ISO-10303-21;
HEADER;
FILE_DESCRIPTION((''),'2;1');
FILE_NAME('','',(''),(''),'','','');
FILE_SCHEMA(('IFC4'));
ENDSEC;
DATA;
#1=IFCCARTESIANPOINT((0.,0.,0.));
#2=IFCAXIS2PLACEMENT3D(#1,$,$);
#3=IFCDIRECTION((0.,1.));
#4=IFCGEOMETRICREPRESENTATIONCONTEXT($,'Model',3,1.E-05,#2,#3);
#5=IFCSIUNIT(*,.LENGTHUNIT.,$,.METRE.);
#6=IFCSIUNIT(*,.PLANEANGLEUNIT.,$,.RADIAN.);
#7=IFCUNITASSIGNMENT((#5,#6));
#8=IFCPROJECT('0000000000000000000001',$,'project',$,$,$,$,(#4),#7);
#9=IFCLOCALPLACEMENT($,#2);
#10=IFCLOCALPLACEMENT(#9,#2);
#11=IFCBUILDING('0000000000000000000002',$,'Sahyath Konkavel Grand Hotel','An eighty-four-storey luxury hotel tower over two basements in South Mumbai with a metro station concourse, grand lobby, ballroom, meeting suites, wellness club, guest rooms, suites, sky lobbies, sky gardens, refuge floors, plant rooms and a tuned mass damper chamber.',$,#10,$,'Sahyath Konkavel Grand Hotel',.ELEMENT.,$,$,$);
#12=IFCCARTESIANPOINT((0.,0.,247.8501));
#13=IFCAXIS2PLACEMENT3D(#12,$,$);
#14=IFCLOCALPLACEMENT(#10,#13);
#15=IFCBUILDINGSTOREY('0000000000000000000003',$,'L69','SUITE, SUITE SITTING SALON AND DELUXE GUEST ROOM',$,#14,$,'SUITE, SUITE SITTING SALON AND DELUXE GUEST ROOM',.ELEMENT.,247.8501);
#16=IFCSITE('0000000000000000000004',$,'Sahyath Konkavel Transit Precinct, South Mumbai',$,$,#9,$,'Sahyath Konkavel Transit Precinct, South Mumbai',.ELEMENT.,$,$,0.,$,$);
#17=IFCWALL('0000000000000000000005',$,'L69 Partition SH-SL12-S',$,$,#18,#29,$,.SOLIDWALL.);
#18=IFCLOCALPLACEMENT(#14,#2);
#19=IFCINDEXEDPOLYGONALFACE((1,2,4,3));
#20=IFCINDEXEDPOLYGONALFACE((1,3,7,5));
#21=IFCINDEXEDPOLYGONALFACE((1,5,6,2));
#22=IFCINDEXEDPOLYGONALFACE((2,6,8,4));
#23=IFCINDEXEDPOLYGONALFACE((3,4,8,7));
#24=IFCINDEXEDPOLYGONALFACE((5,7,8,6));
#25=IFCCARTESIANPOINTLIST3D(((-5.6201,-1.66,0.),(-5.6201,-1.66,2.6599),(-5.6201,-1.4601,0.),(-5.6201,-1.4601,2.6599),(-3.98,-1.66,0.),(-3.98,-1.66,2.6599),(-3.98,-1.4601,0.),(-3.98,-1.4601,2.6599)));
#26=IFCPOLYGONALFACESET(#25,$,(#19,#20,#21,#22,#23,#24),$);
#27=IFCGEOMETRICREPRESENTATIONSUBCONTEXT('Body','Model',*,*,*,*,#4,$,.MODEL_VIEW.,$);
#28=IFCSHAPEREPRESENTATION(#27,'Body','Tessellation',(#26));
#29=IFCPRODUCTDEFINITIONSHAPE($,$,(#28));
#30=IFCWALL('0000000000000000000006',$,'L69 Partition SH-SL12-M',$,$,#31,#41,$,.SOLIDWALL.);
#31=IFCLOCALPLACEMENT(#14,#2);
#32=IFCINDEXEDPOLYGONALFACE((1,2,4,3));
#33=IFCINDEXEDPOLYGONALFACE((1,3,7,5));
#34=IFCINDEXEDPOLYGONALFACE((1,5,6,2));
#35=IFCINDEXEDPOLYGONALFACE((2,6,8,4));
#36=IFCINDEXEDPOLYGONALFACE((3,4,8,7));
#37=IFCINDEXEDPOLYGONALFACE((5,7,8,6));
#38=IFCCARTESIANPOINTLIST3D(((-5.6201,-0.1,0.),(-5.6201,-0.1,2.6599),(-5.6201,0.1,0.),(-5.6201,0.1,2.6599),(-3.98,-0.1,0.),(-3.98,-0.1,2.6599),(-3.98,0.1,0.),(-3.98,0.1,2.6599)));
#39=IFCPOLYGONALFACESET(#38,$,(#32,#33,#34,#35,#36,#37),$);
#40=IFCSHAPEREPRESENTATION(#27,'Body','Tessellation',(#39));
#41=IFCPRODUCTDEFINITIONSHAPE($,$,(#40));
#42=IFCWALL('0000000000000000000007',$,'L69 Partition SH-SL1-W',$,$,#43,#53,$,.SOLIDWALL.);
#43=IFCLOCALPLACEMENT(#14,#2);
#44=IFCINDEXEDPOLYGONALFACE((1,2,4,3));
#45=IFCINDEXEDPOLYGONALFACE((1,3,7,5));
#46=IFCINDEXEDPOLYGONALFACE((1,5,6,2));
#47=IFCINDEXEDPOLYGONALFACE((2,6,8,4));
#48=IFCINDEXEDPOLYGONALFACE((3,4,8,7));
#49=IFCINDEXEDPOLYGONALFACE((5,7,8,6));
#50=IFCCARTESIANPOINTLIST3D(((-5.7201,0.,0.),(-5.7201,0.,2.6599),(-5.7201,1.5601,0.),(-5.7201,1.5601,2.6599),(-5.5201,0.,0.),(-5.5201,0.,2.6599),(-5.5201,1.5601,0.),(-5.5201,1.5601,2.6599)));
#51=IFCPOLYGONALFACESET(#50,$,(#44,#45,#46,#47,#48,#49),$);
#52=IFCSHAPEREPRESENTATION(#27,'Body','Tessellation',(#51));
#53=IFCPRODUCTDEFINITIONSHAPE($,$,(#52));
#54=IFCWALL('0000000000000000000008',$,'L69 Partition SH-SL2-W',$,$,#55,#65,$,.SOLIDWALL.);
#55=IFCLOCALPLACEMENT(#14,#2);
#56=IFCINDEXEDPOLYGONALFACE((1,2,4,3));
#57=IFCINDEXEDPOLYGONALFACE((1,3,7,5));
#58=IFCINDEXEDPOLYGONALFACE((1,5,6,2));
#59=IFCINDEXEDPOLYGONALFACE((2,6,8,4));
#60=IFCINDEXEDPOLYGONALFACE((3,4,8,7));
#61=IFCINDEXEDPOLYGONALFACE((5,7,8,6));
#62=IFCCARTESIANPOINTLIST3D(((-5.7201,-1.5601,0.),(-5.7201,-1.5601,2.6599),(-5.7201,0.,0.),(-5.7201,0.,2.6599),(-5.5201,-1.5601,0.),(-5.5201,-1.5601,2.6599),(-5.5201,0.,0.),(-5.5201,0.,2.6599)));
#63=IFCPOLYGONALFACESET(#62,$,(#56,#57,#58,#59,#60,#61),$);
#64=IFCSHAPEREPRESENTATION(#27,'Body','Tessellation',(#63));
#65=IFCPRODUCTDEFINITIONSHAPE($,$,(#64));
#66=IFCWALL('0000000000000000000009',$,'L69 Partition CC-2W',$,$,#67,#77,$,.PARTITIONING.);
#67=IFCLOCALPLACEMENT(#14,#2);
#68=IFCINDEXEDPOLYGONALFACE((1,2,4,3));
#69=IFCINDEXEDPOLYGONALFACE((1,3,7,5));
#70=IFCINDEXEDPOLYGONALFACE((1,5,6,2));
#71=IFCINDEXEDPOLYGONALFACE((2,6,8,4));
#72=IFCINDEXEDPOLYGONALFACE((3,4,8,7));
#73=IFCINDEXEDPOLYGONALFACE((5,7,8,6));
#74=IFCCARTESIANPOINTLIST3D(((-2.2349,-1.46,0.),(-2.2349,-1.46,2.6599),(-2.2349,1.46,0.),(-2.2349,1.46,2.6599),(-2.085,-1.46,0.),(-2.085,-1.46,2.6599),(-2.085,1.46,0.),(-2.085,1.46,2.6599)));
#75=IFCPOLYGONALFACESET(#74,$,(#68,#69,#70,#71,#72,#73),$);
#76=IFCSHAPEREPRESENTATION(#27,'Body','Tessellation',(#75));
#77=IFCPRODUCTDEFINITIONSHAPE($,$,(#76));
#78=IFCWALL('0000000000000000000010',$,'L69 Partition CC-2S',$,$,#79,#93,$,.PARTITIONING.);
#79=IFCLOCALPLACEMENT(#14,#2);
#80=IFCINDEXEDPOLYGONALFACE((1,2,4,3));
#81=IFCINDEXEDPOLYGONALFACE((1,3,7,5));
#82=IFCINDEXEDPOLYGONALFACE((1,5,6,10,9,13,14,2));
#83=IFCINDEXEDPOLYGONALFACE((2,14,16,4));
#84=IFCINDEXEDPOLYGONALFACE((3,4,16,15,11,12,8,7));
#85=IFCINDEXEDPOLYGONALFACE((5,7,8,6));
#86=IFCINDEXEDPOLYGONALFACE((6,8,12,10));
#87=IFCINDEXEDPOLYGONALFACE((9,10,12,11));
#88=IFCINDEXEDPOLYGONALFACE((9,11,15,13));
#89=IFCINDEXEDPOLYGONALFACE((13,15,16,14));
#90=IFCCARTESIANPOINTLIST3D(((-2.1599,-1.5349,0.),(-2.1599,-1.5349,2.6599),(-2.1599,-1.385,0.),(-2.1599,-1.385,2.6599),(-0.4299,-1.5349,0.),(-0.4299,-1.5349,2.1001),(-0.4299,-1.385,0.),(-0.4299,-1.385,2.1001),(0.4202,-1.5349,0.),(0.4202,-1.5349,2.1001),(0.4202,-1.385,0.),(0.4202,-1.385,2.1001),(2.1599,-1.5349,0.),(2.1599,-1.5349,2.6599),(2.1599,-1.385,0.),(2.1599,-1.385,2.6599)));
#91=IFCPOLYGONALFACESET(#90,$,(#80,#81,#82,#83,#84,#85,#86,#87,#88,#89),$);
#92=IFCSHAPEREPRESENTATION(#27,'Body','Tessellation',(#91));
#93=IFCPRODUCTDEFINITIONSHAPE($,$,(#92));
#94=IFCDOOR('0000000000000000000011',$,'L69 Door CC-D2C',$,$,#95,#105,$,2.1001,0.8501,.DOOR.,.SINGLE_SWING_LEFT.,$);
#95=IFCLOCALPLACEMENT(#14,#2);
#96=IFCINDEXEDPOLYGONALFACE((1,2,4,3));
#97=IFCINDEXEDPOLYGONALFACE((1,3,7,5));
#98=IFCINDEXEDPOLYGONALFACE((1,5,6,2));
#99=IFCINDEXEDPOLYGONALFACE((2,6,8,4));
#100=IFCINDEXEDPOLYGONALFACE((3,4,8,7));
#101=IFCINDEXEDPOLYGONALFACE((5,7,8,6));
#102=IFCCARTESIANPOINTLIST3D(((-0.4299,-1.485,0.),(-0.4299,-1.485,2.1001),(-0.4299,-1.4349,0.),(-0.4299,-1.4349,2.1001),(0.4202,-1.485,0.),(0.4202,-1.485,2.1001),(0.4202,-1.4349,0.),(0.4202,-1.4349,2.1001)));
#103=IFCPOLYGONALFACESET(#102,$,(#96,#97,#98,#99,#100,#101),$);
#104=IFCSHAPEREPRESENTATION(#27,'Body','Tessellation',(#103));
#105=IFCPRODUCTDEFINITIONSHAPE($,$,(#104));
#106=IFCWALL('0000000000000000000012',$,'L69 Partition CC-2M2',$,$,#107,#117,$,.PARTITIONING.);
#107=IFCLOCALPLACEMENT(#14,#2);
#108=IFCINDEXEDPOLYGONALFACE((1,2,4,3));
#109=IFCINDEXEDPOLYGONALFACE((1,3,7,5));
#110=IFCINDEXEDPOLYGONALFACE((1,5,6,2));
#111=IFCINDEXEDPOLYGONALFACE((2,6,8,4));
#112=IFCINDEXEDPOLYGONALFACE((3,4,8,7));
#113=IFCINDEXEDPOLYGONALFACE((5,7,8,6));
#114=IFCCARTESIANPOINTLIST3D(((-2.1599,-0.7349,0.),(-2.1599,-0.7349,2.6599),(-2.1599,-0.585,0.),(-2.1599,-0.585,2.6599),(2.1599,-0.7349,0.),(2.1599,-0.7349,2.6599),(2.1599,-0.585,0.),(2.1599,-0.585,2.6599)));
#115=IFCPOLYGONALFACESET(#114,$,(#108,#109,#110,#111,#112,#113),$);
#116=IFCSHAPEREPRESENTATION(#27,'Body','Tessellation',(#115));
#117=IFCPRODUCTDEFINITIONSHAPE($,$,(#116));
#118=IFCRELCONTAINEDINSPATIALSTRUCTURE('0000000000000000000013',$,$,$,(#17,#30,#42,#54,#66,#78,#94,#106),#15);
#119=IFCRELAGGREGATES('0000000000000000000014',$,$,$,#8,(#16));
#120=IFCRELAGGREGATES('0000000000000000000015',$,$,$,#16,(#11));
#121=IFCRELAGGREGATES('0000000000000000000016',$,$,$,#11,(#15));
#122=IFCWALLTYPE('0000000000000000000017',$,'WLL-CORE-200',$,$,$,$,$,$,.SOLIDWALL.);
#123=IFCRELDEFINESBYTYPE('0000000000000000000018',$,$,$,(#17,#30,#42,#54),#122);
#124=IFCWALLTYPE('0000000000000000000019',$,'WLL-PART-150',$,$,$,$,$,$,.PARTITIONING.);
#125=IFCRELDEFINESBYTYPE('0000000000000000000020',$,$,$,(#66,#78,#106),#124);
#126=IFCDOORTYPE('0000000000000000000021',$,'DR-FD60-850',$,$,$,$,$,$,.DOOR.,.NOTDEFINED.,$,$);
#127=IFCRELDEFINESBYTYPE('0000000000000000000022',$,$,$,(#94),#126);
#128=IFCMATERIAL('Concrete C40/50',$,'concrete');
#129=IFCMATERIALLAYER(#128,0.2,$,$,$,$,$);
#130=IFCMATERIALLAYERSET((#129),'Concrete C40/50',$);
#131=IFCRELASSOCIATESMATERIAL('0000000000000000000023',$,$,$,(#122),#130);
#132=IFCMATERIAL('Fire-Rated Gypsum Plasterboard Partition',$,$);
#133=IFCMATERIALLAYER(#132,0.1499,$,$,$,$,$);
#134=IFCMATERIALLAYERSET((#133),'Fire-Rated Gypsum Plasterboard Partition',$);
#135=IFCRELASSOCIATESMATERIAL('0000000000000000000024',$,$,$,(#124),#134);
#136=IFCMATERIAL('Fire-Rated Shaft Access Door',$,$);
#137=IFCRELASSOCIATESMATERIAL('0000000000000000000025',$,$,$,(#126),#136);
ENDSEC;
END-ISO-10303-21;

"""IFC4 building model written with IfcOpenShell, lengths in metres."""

from ifc_helpers import new_model, si_unit, direction, frame, frame_2d, origin, origin_2d, place, context, subcontext, project, spatial, rectangle, extrude, source, transform, mapped, material, layer, layer_set, type_object, element, fill, save


model = new_model("IFC4")

# Units and contexts
model_context = context("Model", 3, precision=1e-05, world=origin(), true_north=direction((0.0, 1.0)))
body_context = subcontext(model_context, "Body", "Model", "MODEL_VIEW")
ifc_project = project(units=[si_unit("LENGTHUNIT", "METRE"), si_unit("PLANEANGLEUNIT", "RADIAN")], contexts=[model_context])

# Site, building, storey
site_placement = place(None, origin())
site = spatial("IfcSite", under=ifc_project, at=site_placement, Name="Sahyath Konkavel Transit Precinct, South Mumbai", LongName="Sahyath Konkavel Transit Precinct, South Mumbai", CompositionType="ELEMENT", RefElevation=0.0)
building_placement = place(site_placement, origin())
building = spatial("IfcBuilding", under=site, at=building_placement, Name="Sahyath Konkavel Grand Hotel", Description="An eighty-four-storey luxury hotel tower over two basements in South Mumbai with a metro station concourse, grand lobby, ballroom, meeting suites, wellness club, guest rooms, suites, sky lobbies, sky gardens, refuge floors, plant rooms and a tuned mass damper chamber.", LongName="Sahyath Konkavel Grand Hotel", CompositionType="ELEMENT")
storey_placement = place(building_placement, frame((0.0, 0.0, 247.8501)))
storey = spatial("IfcBuildingStorey", under=building, at=storey_placement, Name="L69", Description="SUITE, SUITE SITTING SALON AND DELUXE GUEST ROOM", LongName="SUITE, SUITE SITTING SALON AND DELUXE GUEST ROOM", CompositionType="ELEMENT", Elevation=247.8501)

# Shared definitions
ifc_material_1 = material(Name="Concrete C40/50", Category="concrete")

# Shared definitions
ifc_layer_1 = layer(ifc_material_1, 0.2)
ifc_layer_set_1 = layer_set([ifc_layer_1], Name="Concrete C40/50")
wall_type_1 = type_object("IfcWallType", Name="WLL-CORE-200", PredefinedType="SOLIDWALL", material=ifc_layer_set_1)

# Walls
for number, where, z_axis, x_axis, name in (
    (1, (-5.6201, -1.5601, 0.0), (0.0, 0.0, 1.0), (1.0, 0.0, 0.0), "L69 Partition SH-SL12-S"),
    (2, (-5.6201, 0.0, 0.0), (0.0, 0.0, 1.0), (1.0, 0.0, 0.0), "L69 Partition SH-SL12-M"),
):
    element("IfcWall", number, at=place(storey_placement, frame(where, z_axis=z_axis, x_axis=x_axis)), inside=storey, type_object=wall_type_1, Name=name, PredefinedType="SOLIDWALL", context=body_context, shape_type="SweptSolid", body=[
        extrude(rectangle(XDim=1.6401, YDim=0.2, at=frame_2d((0.8201, 0.0))), origin(), (0.0, 0.0, 1.0), 2.6599),
    ])
for number, where, z_axis, x_axis, name in (
    (3, (-5.6201, 0.0, 0.0), (0.0, 0.0, 1.0), (0.0, 1.0, 0.0), "L69 Partition SH-SL1-W"),
    (4, (-5.6201, -1.5601, 0.0), (0.0, 0.0, 1.0), (0.0, 1.0, 0.0), "L69 Partition SH-SL2-W"),
):
    element("IfcWall", number, at=place(storey_placement, frame(where, z_axis=z_axis, x_axis=x_axis)), inside=storey, type_object=wall_type_1, Name=name, PredefinedType="SOLIDWALL", context=body_context, shape_type="SweptSolid", body=[
        extrude(rectangle(XDim=1.5601, YDim=0.2, at=frame_2d((0.78, 0.0))), origin(), (0.0, 0.0, 1.0), 2.6599),
    ])
ifc_material_2 = material(Name="Fire-Rated Gypsum Plasterboard Partition")
ifc_layer_2 = layer(ifc_material_2, 0.1499)
ifc_layer_set_2 = layer_set([ifc_layer_2], Name="Fire-Rated Gypsum Plasterboard Partition")
wall_type_2 = type_object("IfcWallType", Name="WLL-PART-150", PredefinedType="PARTITIONING", material=ifc_layer_set_2)
wall_1_placement = place(storey_placement, frame((-2.1599, -1.46, 0.0), z_axis=(0.0, 0.0, 1.0), x_axis=(0.0, 1.0, 0.0)))
element("IfcWall", 5, at=wall_1_placement, inside=storey, type_object=wall_type_2, Name="L69 Partition CC-2W", PredefinedType="PARTITIONING", context=body_context, shape_type="SweptSolid", body=[
    extrude(rectangle(XDim=2.9199, YDim=0.1499, at=frame_2d((1.46, 0.0))), origin(), (0.0, 0.0, 1.0), 2.6599),
])

# Wall, opening, door
wall_2_placement = place(storey_placement, frame((-2.1599, -1.46, 0.0), z_axis=(0.0, 0.0, 1.0), x_axis=(1.0, 0.0, 0.0)))
wall_2 = element("IfcWall", 6, at=wall_2_placement, inside=storey, type_object=wall_type_2, Name="L69 Partition CC-2S", PredefinedType="PARTITIONING", context=body_context, shape_type="SweptSolid", body=[
    extrude(rectangle(XDim=4.3198, YDim=0.1499, at=frame_2d((2.1599, 0.0))), origin(), (0.0, 0.0, 1.0), 2.6599),
])
opening_1_placement = place(wall_2_placement, frame((1.73, 0.0, 0.0)))
opening_1 = element("IfcOpeningElement", 7, at=opening_1_placement, cuts=wall_2, PredefinedType="OPENING", context=body_context, shape_type="SweptSolid", body=[
    extrude(rectangle(XDim=0.8501, YDim=2.1001, at=frame_2d((0.425, 1.05))), frame((0.0, 0.085, 0.0), z_axis=(0.0, -1.0, 0.0), x_axis=(1.0, 0.0, 0.0)), (0.0, 0.0, 1.0), 0.1699),
])
ifc_material_3 = material(Name="Fire-Rated Shaft Access Door")
door_type_1 = type_object("IfcDoorType", Name="DR-FD60-850", OperationType="NOTDEFINED", PredefinedType="DOOR", material=ifc_material_3)
shared_shape_1 = source(origin(), body_context, "Body", "SweptSolid", [
    extrude(rectangle(XDim=0.8501, YDim=0.05, at=origin_2d()), origin(), (0.0, 0.0, 1.0), 2.1001),
])
door_1_placement = place(opening_1_placement, frame((0.425, 0.0, 0.0)))
door_1 = element("IfcDoor", 8, at=door_1_placement, inside=storey, type_object=door_type_1, Name="L69 Door CC-D2C", OperationType="SINGLE_SWING_LEFT", OverallHeight=2.1001, OverallWidth=0.8501, PredefinedType="DOOR", context=body_context, shape_type="MappedRepresentation", body=[
    mapped(shared_shape_1, transform((0.0, 0.0, 0.0), scale=1.0)),
])
fill(opening_1, door_1)

# Wall
wall_3_placement = place(storey_placement, frame((-2.1599, -0.6599, 0.0), z_axis=(0.0, 0.0, 1.0), x_axis=(1.0, 0.0, 0.0)))
element("IfcWall", 9, at=wall_3_placement, inside=storey, type_object=wall_type_2, Name="L69 Partition CC-2M2", PredefinedType="PARTITIONING", context=body_context, shape_type="SweptSolid", body=[
    extrude(rectangle(XDim=4.3198, YDim=0.1499, at=frame_2d((2.1599, 0.0))), origin(), (0.0, 0.0, 1.0), 2.6599),
])

save(model, "model.ifc")
